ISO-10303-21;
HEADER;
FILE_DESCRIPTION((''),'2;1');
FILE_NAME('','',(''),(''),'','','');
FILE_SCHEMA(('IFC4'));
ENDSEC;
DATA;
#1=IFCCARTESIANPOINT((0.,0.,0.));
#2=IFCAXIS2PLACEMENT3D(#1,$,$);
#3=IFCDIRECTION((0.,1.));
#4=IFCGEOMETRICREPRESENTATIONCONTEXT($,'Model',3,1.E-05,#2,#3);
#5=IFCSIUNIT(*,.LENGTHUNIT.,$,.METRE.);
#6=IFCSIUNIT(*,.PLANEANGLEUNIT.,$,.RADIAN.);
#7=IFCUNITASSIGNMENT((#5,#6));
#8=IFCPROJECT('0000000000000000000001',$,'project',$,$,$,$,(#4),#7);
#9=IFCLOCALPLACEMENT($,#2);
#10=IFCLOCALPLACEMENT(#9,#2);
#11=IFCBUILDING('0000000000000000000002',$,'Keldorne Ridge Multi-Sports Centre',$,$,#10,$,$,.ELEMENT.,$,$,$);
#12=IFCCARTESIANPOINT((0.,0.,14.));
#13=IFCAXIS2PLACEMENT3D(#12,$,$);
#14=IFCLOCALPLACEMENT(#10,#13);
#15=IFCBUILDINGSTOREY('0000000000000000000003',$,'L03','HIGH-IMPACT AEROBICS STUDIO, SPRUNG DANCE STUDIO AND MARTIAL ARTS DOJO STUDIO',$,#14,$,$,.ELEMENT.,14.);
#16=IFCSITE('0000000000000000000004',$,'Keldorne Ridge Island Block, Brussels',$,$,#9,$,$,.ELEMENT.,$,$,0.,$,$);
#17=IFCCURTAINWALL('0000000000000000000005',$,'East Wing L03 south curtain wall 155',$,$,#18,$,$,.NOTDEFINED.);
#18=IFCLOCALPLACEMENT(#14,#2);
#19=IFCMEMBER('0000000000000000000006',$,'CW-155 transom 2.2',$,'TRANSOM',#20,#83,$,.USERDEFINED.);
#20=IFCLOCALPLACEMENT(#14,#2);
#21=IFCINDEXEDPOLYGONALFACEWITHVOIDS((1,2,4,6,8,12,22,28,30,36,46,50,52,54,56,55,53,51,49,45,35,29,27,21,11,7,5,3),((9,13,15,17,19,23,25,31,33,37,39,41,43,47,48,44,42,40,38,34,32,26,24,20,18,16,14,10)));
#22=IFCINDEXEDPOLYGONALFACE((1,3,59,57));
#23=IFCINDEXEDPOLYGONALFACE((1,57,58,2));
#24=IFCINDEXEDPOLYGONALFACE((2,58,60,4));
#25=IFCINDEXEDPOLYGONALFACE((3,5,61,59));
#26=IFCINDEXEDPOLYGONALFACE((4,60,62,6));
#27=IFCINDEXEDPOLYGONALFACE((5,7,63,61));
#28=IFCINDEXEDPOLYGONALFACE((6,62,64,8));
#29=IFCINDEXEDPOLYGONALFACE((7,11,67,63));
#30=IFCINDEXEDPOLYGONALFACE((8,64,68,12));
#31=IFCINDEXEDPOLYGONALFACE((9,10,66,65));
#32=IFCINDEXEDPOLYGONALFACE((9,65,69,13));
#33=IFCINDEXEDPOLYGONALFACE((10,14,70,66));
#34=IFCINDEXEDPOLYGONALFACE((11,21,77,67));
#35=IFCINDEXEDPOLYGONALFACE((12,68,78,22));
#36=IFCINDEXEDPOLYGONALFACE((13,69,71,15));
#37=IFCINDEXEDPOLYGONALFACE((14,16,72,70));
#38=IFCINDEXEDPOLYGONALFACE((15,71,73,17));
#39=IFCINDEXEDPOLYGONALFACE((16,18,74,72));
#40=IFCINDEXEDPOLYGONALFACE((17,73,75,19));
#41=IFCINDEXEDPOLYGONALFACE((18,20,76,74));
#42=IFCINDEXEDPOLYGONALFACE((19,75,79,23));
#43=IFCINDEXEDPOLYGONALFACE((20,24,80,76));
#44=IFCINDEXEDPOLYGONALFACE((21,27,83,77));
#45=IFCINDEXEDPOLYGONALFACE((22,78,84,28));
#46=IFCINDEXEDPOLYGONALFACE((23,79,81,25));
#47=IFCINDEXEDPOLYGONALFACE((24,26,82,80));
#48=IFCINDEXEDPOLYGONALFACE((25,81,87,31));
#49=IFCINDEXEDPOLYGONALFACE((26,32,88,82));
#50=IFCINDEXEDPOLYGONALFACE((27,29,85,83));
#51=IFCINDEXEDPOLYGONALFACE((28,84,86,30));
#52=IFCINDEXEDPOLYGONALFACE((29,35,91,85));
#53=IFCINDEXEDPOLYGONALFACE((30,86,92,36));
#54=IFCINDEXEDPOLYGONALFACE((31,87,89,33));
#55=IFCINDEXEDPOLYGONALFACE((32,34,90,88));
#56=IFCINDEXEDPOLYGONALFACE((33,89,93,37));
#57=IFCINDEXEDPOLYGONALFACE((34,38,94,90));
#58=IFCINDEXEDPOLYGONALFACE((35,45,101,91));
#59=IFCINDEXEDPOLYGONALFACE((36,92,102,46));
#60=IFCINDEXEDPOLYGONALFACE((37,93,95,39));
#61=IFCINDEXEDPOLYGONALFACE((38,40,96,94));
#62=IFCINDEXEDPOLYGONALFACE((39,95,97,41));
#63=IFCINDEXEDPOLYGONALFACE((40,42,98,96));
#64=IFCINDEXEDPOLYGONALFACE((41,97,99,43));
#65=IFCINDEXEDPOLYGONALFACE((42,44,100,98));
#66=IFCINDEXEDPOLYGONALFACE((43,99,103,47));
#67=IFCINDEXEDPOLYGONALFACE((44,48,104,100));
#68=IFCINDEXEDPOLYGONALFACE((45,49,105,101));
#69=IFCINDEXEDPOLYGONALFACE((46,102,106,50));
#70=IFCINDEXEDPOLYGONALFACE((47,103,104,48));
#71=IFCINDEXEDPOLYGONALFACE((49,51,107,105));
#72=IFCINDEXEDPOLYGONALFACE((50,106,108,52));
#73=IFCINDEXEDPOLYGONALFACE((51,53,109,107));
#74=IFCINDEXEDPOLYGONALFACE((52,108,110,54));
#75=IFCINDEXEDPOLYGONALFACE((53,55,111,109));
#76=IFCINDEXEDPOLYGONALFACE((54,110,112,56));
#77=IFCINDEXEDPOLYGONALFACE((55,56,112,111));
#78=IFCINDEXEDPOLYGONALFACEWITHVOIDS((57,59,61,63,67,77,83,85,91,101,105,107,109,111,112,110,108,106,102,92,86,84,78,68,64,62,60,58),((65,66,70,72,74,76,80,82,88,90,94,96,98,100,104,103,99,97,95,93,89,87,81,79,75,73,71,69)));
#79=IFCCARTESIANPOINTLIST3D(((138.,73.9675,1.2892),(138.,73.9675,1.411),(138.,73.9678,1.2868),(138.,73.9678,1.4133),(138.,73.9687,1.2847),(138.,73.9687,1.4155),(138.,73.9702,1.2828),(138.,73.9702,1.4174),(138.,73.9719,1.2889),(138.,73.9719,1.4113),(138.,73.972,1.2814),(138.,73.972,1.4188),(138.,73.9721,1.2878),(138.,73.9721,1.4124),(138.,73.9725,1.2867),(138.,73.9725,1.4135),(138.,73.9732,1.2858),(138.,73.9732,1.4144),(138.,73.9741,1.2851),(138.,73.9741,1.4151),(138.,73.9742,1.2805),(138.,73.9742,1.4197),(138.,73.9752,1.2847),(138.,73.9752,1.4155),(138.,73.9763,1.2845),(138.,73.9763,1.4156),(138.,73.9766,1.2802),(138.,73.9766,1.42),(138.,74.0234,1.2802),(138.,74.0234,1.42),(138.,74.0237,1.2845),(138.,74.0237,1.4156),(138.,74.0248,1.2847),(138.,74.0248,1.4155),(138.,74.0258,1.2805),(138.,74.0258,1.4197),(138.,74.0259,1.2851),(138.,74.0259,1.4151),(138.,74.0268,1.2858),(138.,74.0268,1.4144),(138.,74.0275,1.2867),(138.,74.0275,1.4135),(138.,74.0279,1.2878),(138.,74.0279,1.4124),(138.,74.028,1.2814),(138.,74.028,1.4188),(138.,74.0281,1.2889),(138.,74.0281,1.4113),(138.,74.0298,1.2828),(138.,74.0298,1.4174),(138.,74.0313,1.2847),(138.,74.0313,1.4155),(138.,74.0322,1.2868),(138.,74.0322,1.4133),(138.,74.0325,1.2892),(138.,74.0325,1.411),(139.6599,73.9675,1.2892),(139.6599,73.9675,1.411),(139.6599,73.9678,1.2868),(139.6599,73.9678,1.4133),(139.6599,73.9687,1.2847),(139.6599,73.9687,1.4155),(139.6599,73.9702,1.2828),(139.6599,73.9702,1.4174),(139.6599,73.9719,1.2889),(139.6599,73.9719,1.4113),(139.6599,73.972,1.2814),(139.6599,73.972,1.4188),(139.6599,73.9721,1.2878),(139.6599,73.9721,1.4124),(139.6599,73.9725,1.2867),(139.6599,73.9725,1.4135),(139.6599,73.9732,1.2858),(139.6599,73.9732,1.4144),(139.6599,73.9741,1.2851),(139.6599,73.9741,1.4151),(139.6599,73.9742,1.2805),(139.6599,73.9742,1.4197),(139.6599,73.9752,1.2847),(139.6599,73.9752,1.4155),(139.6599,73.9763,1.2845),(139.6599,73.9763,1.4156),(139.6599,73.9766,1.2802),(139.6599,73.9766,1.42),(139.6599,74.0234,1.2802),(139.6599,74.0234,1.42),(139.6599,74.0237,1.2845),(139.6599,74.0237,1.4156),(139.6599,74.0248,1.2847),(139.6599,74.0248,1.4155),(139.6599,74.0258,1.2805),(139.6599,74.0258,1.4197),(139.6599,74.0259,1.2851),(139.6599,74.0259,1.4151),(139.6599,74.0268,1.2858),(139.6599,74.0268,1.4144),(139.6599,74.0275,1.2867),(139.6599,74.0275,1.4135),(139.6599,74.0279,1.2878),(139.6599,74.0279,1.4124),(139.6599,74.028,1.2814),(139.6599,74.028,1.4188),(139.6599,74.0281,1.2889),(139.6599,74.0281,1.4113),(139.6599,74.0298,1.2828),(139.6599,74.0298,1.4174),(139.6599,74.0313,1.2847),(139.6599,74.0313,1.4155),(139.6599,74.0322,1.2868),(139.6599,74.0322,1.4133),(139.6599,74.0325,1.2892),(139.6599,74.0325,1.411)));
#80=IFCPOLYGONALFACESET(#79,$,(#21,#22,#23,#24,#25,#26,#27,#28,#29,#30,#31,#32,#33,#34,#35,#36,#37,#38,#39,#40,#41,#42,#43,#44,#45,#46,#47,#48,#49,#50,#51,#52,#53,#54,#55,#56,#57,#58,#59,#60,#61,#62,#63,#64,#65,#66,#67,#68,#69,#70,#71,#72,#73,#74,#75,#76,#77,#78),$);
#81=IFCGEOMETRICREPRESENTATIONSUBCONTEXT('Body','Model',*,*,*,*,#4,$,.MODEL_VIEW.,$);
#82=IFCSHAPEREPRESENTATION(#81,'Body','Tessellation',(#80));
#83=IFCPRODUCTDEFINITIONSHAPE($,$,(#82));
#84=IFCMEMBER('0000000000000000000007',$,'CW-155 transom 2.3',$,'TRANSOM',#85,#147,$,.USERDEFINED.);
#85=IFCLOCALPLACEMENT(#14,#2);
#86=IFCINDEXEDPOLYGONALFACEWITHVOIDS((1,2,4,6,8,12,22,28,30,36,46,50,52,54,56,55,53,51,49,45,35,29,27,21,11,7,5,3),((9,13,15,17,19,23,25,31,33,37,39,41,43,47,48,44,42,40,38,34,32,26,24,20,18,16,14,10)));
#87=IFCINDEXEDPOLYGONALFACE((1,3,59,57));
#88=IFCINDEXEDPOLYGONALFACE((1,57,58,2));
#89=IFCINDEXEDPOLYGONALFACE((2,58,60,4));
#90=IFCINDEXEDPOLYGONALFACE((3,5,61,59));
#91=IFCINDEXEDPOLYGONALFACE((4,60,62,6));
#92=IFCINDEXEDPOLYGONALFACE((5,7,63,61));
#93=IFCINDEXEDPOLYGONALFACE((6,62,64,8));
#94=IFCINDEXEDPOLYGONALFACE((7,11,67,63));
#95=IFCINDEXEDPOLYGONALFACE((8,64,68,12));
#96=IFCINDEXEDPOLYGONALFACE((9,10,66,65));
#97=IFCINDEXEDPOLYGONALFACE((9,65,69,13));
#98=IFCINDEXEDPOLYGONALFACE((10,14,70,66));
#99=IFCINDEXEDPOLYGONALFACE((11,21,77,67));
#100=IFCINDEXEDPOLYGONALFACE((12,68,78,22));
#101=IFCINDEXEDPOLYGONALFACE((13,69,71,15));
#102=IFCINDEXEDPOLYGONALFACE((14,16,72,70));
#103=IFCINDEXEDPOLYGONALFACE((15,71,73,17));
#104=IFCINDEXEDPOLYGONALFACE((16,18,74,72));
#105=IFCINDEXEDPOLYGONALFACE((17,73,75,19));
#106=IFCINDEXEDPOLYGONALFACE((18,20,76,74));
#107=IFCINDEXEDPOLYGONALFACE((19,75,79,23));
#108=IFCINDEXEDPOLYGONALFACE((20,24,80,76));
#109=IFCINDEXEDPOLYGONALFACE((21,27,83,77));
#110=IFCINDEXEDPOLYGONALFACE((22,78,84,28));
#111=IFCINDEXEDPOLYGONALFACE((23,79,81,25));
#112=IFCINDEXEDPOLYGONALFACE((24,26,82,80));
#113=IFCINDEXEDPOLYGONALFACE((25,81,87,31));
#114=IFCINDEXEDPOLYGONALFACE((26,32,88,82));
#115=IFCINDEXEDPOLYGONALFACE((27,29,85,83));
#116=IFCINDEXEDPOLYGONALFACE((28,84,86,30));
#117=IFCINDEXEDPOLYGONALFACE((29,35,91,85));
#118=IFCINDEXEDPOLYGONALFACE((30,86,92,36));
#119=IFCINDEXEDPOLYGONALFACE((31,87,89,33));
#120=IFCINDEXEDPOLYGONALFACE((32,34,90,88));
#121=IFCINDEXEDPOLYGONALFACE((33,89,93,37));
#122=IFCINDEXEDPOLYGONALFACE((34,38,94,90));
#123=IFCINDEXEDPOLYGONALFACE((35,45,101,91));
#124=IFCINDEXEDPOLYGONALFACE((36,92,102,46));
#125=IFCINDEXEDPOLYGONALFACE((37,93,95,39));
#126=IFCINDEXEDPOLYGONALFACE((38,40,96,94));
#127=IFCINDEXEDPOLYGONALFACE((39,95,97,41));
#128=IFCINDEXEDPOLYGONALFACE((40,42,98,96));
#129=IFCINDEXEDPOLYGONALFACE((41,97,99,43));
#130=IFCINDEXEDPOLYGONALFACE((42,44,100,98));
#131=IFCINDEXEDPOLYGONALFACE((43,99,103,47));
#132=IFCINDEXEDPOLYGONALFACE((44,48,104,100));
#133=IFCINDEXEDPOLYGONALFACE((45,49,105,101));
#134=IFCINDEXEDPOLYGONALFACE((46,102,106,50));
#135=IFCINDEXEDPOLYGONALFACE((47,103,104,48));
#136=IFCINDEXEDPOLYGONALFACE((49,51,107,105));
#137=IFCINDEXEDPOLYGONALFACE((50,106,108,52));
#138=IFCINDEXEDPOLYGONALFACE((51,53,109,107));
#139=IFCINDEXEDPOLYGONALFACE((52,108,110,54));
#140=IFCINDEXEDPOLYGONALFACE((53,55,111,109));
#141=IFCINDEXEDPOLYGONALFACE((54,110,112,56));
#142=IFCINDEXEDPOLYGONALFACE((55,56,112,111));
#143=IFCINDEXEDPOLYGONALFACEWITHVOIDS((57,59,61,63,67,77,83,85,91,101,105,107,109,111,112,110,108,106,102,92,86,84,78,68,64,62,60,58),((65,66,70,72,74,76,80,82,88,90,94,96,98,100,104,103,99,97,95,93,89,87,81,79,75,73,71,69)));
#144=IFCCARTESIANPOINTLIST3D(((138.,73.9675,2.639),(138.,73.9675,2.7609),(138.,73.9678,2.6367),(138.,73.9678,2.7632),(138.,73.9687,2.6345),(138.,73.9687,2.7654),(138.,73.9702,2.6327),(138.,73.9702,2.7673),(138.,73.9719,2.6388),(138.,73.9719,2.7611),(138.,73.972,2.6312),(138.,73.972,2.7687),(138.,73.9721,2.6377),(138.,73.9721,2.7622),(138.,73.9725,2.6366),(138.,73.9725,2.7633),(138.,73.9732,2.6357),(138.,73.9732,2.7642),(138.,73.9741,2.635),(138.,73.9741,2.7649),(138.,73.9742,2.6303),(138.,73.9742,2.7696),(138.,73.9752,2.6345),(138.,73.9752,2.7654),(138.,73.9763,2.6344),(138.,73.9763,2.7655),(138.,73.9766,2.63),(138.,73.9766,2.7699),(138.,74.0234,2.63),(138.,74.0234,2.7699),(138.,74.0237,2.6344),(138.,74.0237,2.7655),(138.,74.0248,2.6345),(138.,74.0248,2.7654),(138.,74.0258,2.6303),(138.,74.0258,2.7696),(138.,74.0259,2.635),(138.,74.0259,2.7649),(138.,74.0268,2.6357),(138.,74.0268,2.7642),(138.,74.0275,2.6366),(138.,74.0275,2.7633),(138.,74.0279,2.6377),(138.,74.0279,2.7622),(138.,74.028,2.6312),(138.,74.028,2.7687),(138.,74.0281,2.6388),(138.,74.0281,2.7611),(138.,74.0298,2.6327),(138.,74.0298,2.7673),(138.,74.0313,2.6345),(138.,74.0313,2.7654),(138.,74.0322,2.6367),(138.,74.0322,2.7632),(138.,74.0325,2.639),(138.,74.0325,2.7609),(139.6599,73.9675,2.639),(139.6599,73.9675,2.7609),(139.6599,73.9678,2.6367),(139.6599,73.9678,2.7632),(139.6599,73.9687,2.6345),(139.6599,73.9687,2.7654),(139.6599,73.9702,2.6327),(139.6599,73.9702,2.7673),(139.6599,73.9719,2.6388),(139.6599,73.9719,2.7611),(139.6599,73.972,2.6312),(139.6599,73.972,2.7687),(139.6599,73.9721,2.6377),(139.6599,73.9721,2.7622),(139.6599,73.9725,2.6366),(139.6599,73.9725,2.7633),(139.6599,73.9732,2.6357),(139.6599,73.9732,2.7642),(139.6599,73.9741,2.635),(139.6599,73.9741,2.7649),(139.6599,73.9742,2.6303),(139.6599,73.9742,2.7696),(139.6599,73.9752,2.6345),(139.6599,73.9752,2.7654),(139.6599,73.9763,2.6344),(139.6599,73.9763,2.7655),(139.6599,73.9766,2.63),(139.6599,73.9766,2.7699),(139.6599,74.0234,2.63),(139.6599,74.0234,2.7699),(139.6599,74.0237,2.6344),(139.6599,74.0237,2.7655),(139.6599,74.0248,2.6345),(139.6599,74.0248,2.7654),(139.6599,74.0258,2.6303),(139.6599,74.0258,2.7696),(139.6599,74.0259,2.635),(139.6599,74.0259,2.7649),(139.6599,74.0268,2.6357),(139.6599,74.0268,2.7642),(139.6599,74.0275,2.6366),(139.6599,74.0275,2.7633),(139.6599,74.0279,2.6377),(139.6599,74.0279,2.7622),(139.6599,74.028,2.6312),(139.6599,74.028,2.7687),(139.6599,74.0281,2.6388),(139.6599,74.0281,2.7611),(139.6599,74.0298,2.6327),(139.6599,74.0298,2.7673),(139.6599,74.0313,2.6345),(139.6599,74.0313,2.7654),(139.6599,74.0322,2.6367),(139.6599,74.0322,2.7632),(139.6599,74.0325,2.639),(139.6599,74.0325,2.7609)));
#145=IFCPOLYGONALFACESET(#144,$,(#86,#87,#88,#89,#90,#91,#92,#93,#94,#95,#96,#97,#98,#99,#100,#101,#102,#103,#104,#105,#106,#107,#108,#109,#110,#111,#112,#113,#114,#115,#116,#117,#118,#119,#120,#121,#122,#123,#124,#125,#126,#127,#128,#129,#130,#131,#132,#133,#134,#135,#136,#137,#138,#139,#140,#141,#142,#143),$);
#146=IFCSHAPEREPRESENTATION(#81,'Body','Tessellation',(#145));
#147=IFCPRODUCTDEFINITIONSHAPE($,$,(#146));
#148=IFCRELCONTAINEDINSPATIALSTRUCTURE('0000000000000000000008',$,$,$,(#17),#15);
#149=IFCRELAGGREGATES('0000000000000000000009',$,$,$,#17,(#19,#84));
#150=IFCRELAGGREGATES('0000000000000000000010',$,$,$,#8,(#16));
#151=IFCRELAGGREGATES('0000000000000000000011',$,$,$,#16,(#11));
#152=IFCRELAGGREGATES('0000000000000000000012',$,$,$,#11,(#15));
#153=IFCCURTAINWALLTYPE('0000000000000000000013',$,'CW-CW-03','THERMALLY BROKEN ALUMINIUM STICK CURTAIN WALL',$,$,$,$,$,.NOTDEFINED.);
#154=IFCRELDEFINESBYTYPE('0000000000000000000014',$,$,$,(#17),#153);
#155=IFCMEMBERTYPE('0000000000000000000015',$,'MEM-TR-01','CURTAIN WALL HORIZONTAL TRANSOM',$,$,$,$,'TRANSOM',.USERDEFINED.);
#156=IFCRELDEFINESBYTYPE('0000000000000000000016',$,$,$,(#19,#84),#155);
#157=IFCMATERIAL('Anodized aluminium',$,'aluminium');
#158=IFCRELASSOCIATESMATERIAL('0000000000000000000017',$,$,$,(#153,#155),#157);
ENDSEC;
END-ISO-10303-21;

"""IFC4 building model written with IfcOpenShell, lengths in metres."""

from ifc_helpers import new_model, si_unit, direction, frame, origin, origin_2d, place, context, subcontext, project, spatial, hollow_rectangle, extrude, material, material_profile, profile_set, type_object, element, aggregate, save


model = new_model("IFC4")

# Units and contexts
model_context = context("Model", 3, precision=1e-05, world=origin(), true_north=direction((0.0, 1.0)))
body_context = subcontext(model_context, "Body", "Model", "MODEL_VIEW")
ifc_project = project(units=[si_unit("LENGTHUNIT", "METRE"), si_unit("PLANEANGLEUNIT", "RADIAN")], contexts=[model_context])

# Site, building, storey
site_placement = place(None, origin())
site = spatial("IfcSite", under=ifc_project, at=site_placement, Name="Keldorne Ridge Island Block, Brussels", CompositionType="ELEMENT", RefElevation=0.0)
building_placement = place(site_placement, origin())
building = spatial("IfcBuilding", under=site, at=building_placement, Name="Keldorne Ridge Multi-Sports Centre", CompositionType="ELEMENT")
storey_placement = place(building_placement, frame((0.0, 0.0, 14.0)))
storey = spatial("IfcBuildingStorey", under=building, at=storey_placement, Name="L03", Description="HIGH-IMPACT AEROBICS STUDIO, SPRUNG DANCE STUDIO AND MARTIAL ARTS DOJO STUDIO", CompositionType="ELEMENT", Elevation=14.0)

# Shared definitions
ifc_material_1 = material(Name="Anodized aluminium", Category="aluminium")

# Curtain wall, members
curtain_wall_type_1 = type_object("IfcCurtainWallType", Name="CW-CW-03", Description="THERMALLY BROKEN ALUMINIUM STICK CURTAIN WALL", PredefinedType="NOTDEFINED", material=ifc_material_1)
curtain_wall_1_placement = place(storey_placement, origin())
curtain_wall_1 = element("IfcCurtainWall", 1, at=curtain_wall_1_placement, inside=storey, type_object=curtain_wall_type_1, Name="East Wing L03 south curtain wall 155", PredefinedType="NOTDEFINED")
ifc_material_profile_1 = material_profile(ifc_material_1, hollow_rectangle(XDim=0.0649, YDim=0.1399, WallThickness=0.0044, InnerFilletRadius=0.0044, OuterFilletRadius=0.009, at=origin_2d()), Name="ALU TRANSOM 140x65x4.5")
ifc_profile_set_1 = profile_set([ifc_material_profile_1], Name="Anodized aluminium")
member_type_1 = type_object("IfcMemberType", Name="MEM-TR-01", Description="CURTAIN WALL HORIZONTAL TRANSOM", ElementType="TRANSOM", PredefinedType="USERDEFINED", material=ifc_profile_set_1)
member_1_placement = place(storey_placement, frame((138.0, 74.0, 1.3501), z_axis=(1.0, 0.0, 0.0), x_axis=(0.0, 1.0, 0.0)))
member_1 = element("IfcMember", 2, at=member_1_placement, type_object=member_type_1, Name="CW-155 transom 2.2", ObjectType="TRANSOM", PredefinedType="USERDEFINED", context=body_context, shape_type="SweptSolid", body=[
    extrude(hollow_rectangle(XDim=0.0649, YDim=0.1399, WallThickness=0.0044, InnerFilletRadius=0.0044, OuterFilletRadius=0.009, at=origin_2d()), origin(), (0.0, 0.0, 1.0), 1.6599),
])
member_2_placement = place(storey_placement, frame((138.0, 74.0, 2.7), z_axis=(1.0, 0.0, 0.0), x_axis=(0.0, 1.0, 0.0)))
member_2 = element("IfcMember", 3, at=member_2_placement, type_object=member_type_1, Name="CW-155 transom 2.3", ObjectType="TRANSOM", PredefinedType="USERDEFINED", context=body_context, shape_type="SweptSolid", body=[
    extrude(hollow_rectangle(XDim=0.0649, YDim=0.1399, WallThickness=0.0044, InnerFilletRadius=0.0044, OuterFilletRadius=0.009, at=origin_2d()), origin(), (0.0, 0.0, 1.0), 1.6599),
])
aggregate(curtain_wall_1, [member_1, member_2])

save(model, "model.ifc")
